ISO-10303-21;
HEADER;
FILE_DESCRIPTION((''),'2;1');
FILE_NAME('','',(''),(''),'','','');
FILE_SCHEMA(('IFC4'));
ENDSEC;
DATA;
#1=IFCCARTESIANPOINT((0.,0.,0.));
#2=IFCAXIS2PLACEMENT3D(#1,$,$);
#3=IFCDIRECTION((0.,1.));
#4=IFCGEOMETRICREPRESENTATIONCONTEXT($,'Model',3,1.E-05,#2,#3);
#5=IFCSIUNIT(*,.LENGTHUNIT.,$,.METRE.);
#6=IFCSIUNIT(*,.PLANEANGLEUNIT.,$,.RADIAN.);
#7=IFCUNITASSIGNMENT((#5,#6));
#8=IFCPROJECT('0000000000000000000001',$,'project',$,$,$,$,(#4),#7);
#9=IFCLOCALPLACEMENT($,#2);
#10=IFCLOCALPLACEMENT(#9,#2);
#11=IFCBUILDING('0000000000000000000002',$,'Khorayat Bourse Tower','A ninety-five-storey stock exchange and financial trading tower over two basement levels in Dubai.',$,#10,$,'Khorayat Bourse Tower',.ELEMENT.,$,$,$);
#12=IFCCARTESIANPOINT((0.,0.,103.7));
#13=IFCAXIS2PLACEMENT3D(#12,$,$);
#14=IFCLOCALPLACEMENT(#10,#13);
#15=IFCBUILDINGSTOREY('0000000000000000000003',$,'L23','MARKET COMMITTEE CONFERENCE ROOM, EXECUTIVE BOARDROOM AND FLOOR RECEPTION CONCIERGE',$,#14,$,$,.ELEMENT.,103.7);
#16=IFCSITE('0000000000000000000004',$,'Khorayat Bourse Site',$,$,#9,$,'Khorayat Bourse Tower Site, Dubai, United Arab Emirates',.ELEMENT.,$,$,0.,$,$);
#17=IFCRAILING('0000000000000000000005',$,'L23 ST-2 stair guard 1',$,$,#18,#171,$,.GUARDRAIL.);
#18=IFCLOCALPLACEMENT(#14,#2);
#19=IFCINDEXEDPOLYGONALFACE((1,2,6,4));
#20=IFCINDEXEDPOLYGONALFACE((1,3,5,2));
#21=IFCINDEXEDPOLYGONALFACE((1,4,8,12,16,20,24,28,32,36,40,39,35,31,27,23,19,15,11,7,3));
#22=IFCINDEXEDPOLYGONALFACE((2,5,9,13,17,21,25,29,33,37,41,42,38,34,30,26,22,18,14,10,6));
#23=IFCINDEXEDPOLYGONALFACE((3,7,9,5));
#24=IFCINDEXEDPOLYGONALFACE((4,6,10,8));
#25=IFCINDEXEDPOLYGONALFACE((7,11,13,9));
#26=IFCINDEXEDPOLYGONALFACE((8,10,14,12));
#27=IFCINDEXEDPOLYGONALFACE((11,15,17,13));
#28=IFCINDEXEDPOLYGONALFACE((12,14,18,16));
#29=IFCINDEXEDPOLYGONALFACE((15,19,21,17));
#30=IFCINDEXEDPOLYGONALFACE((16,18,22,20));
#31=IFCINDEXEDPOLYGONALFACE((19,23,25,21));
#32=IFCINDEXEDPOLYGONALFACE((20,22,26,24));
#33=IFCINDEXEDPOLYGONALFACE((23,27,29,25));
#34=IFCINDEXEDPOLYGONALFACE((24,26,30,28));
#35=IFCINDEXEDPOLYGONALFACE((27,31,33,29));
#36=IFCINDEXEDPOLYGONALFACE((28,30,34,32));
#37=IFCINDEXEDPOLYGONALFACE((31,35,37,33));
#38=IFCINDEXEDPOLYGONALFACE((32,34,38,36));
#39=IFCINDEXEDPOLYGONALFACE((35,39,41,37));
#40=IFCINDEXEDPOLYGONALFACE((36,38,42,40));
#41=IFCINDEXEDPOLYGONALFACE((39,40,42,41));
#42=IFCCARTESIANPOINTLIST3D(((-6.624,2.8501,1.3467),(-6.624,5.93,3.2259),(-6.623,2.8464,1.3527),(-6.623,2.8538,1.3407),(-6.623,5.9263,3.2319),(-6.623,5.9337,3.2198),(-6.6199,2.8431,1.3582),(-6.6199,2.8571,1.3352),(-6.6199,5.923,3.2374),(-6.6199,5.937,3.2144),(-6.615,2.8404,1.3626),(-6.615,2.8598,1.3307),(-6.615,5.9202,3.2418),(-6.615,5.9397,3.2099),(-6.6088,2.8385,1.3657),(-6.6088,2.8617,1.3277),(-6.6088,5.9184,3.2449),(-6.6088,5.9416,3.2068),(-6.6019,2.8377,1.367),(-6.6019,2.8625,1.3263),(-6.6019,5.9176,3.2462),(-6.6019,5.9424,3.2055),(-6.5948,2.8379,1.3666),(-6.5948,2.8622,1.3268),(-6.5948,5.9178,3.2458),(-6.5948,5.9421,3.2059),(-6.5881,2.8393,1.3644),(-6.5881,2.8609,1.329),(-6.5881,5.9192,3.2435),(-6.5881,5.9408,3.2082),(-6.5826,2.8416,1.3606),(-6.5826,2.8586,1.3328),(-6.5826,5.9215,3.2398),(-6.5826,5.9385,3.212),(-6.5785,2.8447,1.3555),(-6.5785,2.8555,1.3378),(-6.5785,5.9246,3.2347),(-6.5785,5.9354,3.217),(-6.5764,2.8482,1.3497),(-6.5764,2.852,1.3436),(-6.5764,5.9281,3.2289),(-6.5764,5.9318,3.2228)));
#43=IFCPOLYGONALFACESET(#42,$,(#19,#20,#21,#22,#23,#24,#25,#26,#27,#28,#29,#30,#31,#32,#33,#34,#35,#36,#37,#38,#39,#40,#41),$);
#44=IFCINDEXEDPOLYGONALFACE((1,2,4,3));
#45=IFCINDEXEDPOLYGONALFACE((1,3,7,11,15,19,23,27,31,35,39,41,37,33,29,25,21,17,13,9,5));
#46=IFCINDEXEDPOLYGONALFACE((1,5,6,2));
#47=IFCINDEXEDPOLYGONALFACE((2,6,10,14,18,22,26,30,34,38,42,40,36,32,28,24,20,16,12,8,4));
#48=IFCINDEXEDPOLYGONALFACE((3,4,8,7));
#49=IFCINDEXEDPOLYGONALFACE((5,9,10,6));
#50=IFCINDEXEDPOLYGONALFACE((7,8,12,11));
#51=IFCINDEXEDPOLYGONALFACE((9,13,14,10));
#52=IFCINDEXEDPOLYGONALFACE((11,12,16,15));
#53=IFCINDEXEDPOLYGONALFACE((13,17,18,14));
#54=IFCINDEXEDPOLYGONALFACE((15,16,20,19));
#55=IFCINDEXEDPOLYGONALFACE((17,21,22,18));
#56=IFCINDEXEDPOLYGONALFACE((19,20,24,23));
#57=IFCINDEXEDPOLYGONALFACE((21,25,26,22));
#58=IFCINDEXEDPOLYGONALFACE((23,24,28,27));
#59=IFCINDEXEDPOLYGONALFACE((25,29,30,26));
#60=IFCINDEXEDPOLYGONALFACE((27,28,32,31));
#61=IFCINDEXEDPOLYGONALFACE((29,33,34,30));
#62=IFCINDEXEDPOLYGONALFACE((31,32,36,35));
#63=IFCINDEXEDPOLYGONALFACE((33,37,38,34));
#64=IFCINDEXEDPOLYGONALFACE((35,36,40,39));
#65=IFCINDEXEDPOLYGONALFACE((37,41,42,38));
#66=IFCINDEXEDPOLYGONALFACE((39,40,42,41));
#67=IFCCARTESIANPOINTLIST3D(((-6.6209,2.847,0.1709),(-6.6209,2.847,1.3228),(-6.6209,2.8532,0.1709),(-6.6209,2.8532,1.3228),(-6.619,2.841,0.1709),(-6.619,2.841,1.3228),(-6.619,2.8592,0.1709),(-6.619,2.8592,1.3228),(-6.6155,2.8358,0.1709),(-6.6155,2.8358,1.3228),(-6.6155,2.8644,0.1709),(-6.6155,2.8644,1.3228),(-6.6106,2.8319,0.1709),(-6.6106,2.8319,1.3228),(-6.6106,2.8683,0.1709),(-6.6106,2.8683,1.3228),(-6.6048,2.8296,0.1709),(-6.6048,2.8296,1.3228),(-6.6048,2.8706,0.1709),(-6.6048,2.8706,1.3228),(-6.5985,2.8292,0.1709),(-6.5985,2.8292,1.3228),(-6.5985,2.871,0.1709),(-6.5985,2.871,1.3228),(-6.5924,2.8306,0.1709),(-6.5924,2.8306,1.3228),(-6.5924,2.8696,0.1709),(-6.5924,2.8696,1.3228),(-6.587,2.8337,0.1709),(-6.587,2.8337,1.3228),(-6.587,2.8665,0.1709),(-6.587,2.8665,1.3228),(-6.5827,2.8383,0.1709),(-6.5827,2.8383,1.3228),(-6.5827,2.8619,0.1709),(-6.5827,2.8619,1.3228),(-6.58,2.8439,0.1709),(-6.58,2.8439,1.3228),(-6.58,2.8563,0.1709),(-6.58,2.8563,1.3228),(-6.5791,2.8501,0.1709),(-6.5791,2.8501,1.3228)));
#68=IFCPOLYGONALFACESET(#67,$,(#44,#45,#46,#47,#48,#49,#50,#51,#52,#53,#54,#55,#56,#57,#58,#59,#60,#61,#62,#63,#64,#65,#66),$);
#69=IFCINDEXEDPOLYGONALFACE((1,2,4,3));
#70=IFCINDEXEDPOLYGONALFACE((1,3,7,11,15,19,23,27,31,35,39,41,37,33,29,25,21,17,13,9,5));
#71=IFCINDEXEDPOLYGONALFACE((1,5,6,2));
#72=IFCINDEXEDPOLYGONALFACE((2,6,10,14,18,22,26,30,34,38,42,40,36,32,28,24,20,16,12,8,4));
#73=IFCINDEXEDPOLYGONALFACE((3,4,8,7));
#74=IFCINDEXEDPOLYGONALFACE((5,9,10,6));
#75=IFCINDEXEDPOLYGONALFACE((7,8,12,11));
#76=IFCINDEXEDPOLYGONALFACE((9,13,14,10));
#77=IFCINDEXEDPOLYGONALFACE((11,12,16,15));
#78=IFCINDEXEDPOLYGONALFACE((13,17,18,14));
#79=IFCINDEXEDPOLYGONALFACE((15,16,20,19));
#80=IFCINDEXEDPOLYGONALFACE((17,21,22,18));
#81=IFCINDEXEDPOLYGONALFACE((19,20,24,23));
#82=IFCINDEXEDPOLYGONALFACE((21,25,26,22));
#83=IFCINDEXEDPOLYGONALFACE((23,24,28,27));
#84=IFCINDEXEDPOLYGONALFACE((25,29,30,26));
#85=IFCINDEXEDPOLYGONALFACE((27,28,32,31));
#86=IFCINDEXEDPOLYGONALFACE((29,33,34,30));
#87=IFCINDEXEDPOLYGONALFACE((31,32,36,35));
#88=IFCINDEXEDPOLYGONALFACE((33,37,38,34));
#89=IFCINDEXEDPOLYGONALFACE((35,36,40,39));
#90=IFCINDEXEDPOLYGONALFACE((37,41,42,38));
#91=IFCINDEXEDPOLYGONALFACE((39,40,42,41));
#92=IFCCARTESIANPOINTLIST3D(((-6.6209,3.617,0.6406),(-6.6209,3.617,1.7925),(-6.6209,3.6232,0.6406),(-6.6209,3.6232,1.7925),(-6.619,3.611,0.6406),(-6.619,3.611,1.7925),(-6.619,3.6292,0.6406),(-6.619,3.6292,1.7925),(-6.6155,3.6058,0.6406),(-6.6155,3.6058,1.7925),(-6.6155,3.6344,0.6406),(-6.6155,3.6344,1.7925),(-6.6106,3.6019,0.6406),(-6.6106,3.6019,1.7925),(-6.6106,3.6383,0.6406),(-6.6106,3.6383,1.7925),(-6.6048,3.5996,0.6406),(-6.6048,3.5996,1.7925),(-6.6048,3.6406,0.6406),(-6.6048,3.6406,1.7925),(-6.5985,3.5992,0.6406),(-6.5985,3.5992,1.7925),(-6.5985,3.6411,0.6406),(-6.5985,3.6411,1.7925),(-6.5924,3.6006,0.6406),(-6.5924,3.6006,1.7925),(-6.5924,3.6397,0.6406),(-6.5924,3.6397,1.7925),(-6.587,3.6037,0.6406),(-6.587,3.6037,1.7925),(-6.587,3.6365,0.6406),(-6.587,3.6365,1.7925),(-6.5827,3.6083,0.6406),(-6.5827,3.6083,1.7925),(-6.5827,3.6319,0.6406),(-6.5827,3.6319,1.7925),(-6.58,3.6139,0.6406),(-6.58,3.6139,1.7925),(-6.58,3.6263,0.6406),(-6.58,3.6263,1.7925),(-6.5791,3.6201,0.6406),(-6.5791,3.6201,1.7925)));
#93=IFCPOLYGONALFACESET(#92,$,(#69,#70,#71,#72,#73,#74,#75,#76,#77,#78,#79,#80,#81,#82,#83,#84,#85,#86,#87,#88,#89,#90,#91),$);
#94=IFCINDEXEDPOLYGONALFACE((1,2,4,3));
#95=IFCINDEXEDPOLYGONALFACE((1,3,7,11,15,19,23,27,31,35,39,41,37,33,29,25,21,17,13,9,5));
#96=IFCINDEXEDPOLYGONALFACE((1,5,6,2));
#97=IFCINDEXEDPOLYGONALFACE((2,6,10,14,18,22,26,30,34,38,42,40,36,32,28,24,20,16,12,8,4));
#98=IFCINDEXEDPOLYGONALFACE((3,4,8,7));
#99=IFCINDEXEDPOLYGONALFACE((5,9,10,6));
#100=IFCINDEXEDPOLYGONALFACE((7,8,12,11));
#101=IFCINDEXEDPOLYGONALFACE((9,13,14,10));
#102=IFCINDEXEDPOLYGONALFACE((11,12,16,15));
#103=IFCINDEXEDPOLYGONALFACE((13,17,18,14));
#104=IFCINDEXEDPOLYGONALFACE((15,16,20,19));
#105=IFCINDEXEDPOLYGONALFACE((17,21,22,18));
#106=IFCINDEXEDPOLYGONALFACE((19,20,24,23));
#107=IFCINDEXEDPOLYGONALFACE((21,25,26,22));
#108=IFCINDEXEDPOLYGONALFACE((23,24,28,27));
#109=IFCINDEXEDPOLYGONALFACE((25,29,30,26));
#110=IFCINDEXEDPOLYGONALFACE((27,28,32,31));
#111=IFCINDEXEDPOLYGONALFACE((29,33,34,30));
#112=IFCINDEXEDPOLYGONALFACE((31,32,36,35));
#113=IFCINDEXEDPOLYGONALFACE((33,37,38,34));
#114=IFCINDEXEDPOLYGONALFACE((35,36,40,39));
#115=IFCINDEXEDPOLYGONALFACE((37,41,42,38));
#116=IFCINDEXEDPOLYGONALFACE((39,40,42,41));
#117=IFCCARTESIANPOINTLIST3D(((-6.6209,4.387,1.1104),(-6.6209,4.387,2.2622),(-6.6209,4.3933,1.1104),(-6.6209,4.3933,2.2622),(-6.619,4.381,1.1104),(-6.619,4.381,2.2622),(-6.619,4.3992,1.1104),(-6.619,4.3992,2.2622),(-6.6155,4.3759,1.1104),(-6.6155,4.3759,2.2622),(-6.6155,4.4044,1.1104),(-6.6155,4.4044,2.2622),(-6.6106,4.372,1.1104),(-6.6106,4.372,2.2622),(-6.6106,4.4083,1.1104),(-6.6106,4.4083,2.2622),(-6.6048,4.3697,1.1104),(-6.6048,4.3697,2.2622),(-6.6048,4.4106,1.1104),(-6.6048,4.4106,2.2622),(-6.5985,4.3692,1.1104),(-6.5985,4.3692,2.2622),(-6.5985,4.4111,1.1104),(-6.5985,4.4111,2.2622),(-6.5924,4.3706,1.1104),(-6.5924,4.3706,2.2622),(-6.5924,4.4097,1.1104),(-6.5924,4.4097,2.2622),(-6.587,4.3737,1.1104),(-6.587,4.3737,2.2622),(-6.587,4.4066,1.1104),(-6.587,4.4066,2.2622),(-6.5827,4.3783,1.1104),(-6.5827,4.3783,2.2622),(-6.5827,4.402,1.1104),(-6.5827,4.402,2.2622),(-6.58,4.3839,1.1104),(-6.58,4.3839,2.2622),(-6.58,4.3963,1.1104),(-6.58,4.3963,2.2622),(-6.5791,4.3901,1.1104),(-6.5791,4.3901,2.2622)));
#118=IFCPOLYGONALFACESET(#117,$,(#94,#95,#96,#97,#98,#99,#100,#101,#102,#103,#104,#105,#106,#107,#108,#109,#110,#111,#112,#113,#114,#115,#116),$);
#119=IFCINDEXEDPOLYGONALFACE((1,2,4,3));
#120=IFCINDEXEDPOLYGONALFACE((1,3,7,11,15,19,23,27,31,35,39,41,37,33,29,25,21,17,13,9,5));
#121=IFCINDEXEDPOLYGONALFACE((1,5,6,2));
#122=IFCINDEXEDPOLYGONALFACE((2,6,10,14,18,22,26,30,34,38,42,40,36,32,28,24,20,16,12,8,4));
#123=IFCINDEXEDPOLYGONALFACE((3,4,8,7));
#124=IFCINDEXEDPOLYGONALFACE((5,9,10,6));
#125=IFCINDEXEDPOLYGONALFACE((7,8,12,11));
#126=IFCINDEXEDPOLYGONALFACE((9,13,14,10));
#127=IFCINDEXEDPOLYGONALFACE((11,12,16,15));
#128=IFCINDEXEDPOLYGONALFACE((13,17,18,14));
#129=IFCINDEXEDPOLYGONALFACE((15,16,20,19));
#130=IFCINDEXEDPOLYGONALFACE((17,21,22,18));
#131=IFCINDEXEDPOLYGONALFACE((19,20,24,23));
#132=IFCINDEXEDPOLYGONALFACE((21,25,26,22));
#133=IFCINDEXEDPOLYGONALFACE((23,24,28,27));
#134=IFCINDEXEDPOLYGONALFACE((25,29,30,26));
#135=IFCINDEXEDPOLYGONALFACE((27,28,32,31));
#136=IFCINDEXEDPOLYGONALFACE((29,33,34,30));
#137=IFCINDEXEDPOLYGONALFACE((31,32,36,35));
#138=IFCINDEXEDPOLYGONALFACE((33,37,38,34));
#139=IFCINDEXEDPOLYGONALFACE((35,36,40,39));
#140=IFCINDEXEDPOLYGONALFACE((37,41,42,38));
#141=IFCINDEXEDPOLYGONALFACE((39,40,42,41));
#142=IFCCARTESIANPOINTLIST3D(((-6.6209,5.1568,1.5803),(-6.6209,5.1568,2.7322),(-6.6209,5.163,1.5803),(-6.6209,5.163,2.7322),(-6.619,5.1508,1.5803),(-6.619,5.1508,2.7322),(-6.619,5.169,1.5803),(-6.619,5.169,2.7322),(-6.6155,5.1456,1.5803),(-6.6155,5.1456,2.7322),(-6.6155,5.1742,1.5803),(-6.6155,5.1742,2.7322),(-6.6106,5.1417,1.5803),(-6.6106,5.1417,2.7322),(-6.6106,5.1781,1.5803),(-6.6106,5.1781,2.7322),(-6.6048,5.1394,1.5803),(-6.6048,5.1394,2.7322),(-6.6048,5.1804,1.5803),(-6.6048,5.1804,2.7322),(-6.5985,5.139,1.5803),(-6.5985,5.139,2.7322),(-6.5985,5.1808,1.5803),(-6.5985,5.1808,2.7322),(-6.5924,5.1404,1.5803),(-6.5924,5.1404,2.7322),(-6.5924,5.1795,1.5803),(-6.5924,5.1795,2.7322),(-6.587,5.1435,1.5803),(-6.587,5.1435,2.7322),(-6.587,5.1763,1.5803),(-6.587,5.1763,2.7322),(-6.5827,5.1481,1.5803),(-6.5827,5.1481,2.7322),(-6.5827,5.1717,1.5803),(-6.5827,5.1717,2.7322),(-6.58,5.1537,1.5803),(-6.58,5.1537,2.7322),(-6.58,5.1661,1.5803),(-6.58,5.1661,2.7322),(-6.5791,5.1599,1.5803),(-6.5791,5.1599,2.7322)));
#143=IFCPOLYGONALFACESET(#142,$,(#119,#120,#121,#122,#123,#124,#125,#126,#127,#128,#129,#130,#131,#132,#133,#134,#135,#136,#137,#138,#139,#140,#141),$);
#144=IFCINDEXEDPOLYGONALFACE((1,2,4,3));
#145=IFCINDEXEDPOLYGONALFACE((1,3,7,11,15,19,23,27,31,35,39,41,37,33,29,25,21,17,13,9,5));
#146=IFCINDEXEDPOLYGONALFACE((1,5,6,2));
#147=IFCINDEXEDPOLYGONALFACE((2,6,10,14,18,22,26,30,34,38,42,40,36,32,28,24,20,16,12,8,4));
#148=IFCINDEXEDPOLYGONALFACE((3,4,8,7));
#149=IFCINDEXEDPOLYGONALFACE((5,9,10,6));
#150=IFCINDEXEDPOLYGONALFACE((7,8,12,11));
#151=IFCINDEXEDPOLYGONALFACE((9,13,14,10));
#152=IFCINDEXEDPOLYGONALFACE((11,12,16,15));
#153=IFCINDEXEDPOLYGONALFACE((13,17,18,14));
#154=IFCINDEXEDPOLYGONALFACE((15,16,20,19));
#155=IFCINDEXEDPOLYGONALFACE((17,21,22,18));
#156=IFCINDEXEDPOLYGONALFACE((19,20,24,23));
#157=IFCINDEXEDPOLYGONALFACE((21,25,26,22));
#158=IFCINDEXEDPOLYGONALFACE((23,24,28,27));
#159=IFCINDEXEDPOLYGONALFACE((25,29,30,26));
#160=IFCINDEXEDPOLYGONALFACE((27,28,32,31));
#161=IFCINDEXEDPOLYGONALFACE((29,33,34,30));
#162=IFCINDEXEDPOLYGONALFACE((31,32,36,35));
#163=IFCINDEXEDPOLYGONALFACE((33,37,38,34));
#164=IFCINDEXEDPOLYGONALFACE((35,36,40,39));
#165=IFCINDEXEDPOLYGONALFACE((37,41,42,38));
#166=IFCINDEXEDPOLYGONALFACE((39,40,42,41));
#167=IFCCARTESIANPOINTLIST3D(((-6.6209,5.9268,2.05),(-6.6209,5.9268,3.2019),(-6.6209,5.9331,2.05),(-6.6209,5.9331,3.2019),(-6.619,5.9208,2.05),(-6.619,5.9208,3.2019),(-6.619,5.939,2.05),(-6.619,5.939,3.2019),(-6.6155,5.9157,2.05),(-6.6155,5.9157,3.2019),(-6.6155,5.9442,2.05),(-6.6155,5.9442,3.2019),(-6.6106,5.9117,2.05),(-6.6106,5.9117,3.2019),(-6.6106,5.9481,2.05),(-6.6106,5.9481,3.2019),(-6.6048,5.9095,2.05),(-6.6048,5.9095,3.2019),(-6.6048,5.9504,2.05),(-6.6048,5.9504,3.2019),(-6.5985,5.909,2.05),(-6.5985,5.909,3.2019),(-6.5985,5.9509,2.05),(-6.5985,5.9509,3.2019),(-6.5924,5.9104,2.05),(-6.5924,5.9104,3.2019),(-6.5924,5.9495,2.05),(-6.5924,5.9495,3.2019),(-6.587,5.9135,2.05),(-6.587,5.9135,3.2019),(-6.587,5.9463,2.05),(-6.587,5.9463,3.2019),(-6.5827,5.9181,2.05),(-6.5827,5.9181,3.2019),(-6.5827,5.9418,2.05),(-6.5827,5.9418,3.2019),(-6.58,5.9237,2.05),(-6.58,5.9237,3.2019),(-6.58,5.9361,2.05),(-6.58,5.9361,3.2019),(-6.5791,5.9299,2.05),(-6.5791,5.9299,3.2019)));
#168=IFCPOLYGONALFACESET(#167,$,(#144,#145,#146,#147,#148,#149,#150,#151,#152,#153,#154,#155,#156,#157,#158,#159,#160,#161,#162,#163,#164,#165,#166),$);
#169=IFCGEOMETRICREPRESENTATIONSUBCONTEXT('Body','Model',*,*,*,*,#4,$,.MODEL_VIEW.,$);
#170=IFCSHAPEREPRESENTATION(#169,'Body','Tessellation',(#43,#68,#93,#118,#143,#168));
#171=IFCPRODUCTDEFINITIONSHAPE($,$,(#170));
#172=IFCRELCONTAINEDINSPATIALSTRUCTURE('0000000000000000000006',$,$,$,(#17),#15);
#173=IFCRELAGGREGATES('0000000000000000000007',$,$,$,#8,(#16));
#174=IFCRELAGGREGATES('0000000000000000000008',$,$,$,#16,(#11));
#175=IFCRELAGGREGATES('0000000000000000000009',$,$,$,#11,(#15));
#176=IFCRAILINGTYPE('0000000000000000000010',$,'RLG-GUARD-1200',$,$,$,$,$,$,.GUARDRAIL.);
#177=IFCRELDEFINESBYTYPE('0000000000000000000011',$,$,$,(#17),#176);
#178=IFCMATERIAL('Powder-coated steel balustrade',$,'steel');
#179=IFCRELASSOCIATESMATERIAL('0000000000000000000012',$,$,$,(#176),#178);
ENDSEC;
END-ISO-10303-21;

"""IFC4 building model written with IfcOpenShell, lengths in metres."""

from ifc_helpers import new_model, si_unit, direction, frame, origin, origin_2d, place, context, subcontext, project, spatial, circle, extrude, source, transform, mapped, material, type_object, element, save


model = new_model("IFC4")

# Units and contexts
model_context = context("Model", 3, precision=1e-05, world=origin(), true_north=direction((0.0, 1.0)))
body_context = subcontext(model_context, "Body", "Model", "MODEL_VIEW")
ifc_project = project(units=[si_unit("LENGTHUNIT", "METRE"), si_unit("PLANEANGLEUNIT", "RADIAN")], contexts=[model_context])

# Site, building, storey
site_placement = place(None, origin())
site = spatial("IfcSite", under=ifc_project, at=site_placement, Name="Khorayat Bourse Site", LongName="Khorayat Bourse Tower Site, Dubai, United Arab Emirates", CompositionType="ELEMENT", RefElevation=0.0)
building_placement = place(site_placement, origin())
building = spatial("IfcBuilding", under=site, at=building_placement, Name="Khorayat Bourse Tower", Description="A ninety-five-storey stock exchange and financial trading tower over two basement levels in Dubai.", LongName="Khorayat Bourse Tower", CompositionType="ELEMENT")
storey_placement = place(building_placement, frame((0.0, 0.0, 103.7)))
storey = spatial("IfcBuildingStorey", under=building, at=storey_placement, Name="L23", Description="MARKET COMMITTEE CONFERENCE ROOM, EXECUTIVE BOARDROOM AND FLOOR RECEPTION CONCIERGE", CompositionType="ELEMENT", Elevation=103.7)

# Railing
ifc_material_1 = material(Name="Powder-coated steel balustrade", Category="steel")
railing_type_1 = type_object("IfcRailingType", Name="RLG-GUARD-1200", PredefinedType="GUARDRAIL", material=ifc_material_1)
shared_shape_1 = source(origin(), body_context, "Body", "SweptSolid", [
    extrude(circle(Radius=0.0239, at=origin_2d()), frame((0.0, 0.0, 1.1758), z_axis=(0.0, 0.853648, 0.52085), x_axis=(-1.0, 0.0, 0.0)), (0.0, 0.0, 1.0), 3.6079),
    extrude(circle(Radius=0.021, at=origin_2d()), origin(), (0.0, 0.0, 1.0), 1.1519),
    extrude(circle(Radius=0.021, at=origin_2d()), frame((0.0, 0.77, 0.4697)), (0.0, 0.0, 1.0), 1.1519),
    extrude(circle(Radius=0.021, at=origin_2d()), frame((0.0, 1.54, 0.9395)), (0.0, 0.0, 1.0), 1.1519),
    extrude(circle(Radius=0.021, at=origin_2d()), frame((0.0, 2.3098, 1.4094)), (0.0, 0.0, 1.0), 1.1519),
    extrude(circle(Radius=0.021, at=origin_2d()), frame((0.0, 3.0798, 1.8792)), (0.0, 0.0, 1.0), 1.1519),
])
railing_1_placement = place(storey_placement, frame((-6.6001, 2.8501, 0.1709)))
element("IfcRailing", 1, at=railing_1_placement, inside=storey, type_object=railing_type_1, Name="L23 ST-2 stair guard 1", PredefinedType="GUARDRAIL", context=body_context, shape_type="MappedRepresentation", body=[
    mapped(shared_shape_1, transform((0.0, 0.0, 0.0), scale=1.0)),
])

save(model, "model.ifc")
